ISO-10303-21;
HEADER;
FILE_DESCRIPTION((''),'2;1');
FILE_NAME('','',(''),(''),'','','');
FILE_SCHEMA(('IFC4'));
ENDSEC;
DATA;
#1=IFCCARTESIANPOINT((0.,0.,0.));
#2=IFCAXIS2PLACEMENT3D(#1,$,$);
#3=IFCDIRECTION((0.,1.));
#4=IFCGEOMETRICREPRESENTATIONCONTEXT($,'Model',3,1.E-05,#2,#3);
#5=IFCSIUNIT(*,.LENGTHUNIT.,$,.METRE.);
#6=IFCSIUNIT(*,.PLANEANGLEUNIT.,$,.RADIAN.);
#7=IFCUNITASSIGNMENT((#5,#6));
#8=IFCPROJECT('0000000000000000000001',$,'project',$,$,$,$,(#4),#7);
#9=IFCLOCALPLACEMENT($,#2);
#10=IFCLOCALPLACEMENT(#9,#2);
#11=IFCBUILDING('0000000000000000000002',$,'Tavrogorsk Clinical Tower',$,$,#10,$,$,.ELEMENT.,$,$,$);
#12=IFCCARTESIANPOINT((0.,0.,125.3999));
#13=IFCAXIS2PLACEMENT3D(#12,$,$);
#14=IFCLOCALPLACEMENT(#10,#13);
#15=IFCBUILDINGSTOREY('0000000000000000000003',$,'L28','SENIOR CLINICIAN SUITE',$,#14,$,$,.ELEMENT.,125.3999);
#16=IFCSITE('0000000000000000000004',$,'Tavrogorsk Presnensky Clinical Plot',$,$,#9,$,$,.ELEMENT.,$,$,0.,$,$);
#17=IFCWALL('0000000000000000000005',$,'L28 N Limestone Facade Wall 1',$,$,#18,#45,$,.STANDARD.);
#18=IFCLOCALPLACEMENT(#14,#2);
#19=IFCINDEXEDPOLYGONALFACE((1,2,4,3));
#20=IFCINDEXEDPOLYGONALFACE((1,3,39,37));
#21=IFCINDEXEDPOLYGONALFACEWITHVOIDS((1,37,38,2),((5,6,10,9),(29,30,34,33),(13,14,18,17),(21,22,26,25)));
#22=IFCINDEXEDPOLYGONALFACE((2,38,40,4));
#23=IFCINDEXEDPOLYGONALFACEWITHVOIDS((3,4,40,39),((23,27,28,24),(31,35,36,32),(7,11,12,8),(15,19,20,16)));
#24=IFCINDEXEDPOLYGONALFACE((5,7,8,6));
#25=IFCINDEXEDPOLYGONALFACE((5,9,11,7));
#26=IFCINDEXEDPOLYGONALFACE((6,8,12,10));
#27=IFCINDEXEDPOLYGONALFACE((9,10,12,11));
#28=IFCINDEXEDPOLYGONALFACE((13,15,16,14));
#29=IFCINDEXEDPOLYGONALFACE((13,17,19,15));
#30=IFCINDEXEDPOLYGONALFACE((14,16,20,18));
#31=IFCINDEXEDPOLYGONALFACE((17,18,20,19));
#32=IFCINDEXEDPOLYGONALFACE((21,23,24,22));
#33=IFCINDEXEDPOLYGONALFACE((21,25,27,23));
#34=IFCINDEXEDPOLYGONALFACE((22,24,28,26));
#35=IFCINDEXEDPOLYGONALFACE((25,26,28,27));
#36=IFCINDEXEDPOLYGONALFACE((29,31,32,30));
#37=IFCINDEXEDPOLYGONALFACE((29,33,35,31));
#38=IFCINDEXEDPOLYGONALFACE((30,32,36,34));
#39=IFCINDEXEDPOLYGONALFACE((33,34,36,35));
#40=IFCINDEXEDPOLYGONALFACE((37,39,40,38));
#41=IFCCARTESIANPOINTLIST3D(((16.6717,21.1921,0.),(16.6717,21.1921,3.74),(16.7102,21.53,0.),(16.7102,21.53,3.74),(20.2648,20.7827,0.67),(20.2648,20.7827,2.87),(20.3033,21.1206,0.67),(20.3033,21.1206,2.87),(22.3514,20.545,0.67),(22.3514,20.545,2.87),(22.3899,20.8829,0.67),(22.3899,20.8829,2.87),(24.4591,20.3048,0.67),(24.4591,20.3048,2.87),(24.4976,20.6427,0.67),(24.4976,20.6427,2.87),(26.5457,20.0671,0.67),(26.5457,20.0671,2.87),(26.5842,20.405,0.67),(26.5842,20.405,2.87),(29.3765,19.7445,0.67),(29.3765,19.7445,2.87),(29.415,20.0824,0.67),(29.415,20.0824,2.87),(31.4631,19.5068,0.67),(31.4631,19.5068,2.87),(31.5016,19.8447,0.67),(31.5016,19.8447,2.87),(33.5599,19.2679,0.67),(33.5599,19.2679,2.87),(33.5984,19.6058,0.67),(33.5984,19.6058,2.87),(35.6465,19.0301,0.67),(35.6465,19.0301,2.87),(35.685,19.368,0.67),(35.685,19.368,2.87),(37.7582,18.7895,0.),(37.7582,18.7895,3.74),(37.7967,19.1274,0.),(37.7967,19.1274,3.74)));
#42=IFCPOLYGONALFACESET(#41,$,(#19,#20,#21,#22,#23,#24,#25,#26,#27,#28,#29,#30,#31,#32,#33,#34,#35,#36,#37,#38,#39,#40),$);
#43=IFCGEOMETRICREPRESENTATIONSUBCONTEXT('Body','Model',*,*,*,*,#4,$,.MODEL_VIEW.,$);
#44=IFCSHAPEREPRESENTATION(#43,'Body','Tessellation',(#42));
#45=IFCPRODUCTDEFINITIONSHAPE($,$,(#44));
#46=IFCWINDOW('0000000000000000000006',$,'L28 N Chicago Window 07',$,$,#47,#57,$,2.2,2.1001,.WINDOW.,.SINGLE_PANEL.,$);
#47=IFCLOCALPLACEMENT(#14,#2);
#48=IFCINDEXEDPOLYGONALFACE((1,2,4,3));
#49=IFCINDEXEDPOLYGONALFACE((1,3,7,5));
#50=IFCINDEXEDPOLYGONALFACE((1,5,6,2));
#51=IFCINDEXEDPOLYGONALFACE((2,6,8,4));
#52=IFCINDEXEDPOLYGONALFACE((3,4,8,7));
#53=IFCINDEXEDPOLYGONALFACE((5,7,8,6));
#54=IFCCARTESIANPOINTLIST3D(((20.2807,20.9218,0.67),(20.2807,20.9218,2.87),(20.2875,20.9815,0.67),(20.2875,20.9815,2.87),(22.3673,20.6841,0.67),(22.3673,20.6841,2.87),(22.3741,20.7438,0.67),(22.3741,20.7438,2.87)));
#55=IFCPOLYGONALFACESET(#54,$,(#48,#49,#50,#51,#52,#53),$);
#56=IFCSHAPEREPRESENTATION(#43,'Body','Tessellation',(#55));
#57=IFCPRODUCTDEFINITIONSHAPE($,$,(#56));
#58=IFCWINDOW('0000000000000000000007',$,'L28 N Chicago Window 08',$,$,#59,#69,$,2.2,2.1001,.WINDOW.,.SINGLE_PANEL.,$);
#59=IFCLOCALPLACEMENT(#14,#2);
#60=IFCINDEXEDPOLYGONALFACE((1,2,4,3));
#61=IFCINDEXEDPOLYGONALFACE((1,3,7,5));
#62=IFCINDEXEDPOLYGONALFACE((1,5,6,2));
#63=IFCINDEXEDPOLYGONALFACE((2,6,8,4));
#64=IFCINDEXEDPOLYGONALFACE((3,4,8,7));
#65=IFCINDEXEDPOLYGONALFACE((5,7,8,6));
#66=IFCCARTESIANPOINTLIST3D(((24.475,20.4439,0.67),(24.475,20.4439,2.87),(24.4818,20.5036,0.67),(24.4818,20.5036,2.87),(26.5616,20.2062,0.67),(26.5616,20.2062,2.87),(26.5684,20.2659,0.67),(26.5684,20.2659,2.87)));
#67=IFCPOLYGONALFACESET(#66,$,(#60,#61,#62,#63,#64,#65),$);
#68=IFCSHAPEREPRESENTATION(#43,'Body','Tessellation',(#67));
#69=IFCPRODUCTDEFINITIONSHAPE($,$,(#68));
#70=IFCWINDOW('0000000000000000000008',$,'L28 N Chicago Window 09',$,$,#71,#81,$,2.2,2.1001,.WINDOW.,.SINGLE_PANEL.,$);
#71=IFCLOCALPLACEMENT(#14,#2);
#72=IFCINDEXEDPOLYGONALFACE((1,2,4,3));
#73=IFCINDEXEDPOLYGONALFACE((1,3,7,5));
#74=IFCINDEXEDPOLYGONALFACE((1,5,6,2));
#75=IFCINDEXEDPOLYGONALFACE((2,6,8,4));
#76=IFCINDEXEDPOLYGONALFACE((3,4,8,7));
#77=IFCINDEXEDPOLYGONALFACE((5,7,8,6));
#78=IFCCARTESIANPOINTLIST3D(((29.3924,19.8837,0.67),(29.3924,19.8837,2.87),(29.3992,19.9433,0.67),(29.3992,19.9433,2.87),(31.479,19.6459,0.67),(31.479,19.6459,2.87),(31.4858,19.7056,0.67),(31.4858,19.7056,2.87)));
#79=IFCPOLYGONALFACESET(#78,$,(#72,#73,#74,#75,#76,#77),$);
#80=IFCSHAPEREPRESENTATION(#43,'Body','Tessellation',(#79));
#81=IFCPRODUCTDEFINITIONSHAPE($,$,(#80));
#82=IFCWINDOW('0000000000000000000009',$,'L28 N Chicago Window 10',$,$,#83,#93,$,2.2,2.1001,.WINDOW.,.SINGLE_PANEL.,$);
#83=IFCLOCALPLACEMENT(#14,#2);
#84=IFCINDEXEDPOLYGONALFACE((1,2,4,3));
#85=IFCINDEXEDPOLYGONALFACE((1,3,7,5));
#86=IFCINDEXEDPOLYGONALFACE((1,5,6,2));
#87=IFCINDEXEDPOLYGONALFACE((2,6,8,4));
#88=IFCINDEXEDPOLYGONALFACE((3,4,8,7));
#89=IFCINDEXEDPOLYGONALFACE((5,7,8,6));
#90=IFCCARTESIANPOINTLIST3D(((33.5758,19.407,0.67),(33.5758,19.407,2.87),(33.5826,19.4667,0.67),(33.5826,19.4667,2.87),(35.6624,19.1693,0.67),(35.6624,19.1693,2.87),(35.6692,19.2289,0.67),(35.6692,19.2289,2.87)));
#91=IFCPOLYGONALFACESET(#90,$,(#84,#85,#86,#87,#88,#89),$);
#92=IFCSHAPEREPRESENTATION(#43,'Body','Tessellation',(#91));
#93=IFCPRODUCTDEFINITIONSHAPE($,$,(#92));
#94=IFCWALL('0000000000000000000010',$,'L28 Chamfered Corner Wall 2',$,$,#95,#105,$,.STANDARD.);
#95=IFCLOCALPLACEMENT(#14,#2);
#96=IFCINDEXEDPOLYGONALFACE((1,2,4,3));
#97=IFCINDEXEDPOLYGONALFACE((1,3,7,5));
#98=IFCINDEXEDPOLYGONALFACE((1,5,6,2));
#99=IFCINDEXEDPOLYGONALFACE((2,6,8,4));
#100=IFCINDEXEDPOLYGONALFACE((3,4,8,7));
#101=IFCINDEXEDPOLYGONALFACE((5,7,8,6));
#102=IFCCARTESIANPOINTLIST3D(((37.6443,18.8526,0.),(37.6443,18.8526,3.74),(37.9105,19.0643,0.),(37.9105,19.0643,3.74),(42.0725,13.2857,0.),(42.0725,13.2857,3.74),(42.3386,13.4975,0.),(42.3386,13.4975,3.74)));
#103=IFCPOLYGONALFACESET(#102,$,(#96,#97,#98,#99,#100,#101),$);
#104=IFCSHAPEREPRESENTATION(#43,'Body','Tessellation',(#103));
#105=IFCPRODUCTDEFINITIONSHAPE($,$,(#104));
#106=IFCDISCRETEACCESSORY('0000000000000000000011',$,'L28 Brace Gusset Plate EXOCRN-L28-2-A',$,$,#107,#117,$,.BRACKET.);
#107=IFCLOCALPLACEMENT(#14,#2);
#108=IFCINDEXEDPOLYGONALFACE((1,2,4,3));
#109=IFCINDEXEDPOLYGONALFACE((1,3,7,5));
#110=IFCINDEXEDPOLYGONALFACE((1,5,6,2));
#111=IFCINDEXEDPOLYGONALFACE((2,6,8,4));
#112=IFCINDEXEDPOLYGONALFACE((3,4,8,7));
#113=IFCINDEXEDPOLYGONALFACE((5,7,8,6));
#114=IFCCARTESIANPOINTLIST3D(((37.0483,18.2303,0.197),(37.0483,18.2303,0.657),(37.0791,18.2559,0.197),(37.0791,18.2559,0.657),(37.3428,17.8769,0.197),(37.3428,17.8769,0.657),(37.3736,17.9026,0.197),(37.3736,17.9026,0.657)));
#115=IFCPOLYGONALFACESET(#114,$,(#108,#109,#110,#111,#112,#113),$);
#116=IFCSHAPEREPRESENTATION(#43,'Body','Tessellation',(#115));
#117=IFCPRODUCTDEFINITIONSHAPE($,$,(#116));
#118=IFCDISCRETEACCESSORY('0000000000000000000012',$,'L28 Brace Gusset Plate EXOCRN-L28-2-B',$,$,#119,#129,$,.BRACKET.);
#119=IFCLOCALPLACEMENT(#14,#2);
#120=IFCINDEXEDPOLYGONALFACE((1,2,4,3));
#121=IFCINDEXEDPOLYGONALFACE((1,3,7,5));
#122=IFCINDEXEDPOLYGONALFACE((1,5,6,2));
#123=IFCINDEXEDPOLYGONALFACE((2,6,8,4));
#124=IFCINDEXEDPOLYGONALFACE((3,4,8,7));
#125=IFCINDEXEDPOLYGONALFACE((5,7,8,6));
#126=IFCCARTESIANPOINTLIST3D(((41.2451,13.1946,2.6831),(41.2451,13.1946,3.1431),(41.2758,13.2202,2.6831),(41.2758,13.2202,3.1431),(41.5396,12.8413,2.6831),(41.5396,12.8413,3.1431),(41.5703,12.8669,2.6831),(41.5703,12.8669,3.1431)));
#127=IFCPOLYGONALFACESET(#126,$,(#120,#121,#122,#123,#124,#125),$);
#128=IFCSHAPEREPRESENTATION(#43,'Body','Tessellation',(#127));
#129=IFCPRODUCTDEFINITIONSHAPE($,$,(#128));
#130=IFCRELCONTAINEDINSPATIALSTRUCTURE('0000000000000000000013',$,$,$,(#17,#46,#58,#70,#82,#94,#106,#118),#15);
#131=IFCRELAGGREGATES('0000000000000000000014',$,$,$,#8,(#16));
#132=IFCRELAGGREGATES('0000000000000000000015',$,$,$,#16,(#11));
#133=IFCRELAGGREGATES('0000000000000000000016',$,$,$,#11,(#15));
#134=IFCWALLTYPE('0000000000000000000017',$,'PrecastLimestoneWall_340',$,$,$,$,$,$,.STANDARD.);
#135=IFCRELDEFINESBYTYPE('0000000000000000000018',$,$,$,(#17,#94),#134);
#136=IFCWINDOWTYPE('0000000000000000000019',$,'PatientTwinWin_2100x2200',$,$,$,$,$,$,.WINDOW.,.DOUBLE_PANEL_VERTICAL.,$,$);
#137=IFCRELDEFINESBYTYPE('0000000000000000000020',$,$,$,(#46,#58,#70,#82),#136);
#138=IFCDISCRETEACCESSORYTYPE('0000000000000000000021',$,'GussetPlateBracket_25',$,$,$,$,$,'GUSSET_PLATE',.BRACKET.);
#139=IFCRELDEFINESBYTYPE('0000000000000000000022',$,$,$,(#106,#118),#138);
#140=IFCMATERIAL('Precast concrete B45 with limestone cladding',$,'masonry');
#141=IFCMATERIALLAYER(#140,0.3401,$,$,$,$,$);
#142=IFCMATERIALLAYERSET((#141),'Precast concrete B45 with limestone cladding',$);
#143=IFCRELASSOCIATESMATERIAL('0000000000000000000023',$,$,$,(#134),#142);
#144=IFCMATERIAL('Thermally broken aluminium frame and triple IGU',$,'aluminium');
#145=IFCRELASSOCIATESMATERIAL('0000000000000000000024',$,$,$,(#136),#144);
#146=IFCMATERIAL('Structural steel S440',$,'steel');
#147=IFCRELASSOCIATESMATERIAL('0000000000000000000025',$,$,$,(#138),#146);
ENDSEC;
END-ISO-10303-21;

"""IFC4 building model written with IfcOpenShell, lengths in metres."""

from ifc_helpers import new_model, si_unit, direction, frame, frame_2d, origin, origin_2d, place, context, subcontext, project, spatial, rectangle, extrude, material, layer, layer_set, type_object, element, fill, save


model = new_model("IFC4")

# Units and contexts
model_context = context("Model", 3, precision=1e-05, world=origin(), true_north=direction((0.0, 1.0)))
body_context = subcontext(model_context, "Body", "Model", "MODEL_VIEW")
ifc_project = project(units=[si_unit("LENGTHUNIT", "METRE"), si_unit("PLANEANGLEUNIT", "RADIAN")], contexts=[model_context])

# Site, building, storey
site_placement = place(None, origin())
site = spatial("IfcSite", under=ifc_project, at=site_placement, Name="Tavrogorsk Presnensky Clinical Plot", CompositionType="ELEMENT", RefElevation=0.0)
building_placement = place(site_placement, origin())
building = spatial("IfcBuilding", under=site, at=building_placement, Name="Tavrogorsk Clinical Tower", CompositionType="ELEMENT")
storey_placement = place(building_placement, frame((0.0, 0.0, 125.3999)))
storey = spatial("IfcBuildingStorey", under=building, at=storey_placement, Name="L28", Description="SENIOR CLINICIAN SUITE", CompositionType="ELEMENT", Elevation=125.3999)

# Wall, openings, windows
ifc_material_1 = material(Name="Precast concrete B45 with limestone cladding", Category="masonry")
ifc_layer_1 = layer(ifc_material_1, 0.3401)
ifc_layer_set_1 = layer_set([ifc_layer_1], Name="Precast concrete B45 with limestone cladding")
wall_type_1 = type_object("IfcWallType", Name="PrecastLimestoneWall_340", PredefinedType="STANDARD", material=ifc_layer_set_1)
wall_1_placement = place(storey_placement, frame((37.7773, 18.9585, 0.0), z_axis=(0.0, 0.0, 1.0), x_axis=(-0.993571, 0.113208, 0.0)))
wall_1 = element("IfcWall", 1, at=wall_1_placement, inside=storey, type_object=wall_type_1, Name="L28 N Limestone Facade Wall 1", PredefinedType="STANDARD", context=body_context, shape_type="SweptSolid", body=[
    extrude(rectangle(XDim=21.2229, YDim=0.3401, at=frame_2d((10.6113, 0.0))), origin(), (0.0, 0.0, 1.0), 3.74),
])
opening_1_placement = place(wall_1_placement, frame((15.5063, 0.0, 0.6699)))
opening_1 = element("IfcOpeningElement", 2, at=opening_1_placement, cuts=wall_1, PredefinedType="OPENING", context=body_context, shape_type="SweptSolid", body=[
    extrude(rectangle(XDim=2.1001, YDim=2.2, at=frame_2d((1.05, 1.1001))), frame((0.0, 0.1799, 0.0), z_axis=(0.0, -1.0, 0.0), x_axis=(1.0, 0.0, 0.0)), (0.0, 0.0, 1.0), 0.3601),
])
opening_2_placement = place(wall_1_placement, frame((11.2849, 0.0, 0.6699)))
opening_2 = element("IfcOpeningElement", 3, at=opening_2_placement, cuts=wall_1, PredefinedType="OPENING", context=body_context, shape_type="SweptSolid", body=[
    extrude(rectangle(XDim=2.1001, YDim=2.2, at=frame_2d((1.05, 1.1001))), frame((0.0, 0.1799, 0.0), z_axis=(0.0, -1.0, 0.0), x_axis=(1.0, 0.0, 0.0)), (0.0, 0.0, 1.0), 0.3601),
])
opening_3_placement = place(wall_1_placement, frame((6.3357, 0.0, 0.6699)))
opening_3 = element("IfcOpeningElement", 4, at=opening_3_placement, cuts=wall_1, PredefinedType="OPENING", context=body_context, shape_type="SweptSolid", body=[
    extrude(rectangle(XDim=2.1001, YDim=2.2, at=frame_2d((1.05, 1.1001))), frame((0.0, 0.1799, 0.0), z_axis=(0.0, -1.0, 0.0), x_axis=(1.0, 0.0, 0.0)), (0.0, 0.0, 1.0), 0.3601),
])
opening_4_placement = place(wall_1_placement, frame((2.1252, 0.0, 0.6699)))
opening_4 = element("IfcOpeningElement", 5, at=opening_4_placement, cuts=wall_1, PredefinedType="OPENING", context=body_context, shape_type="SweptSolid", body=[
    extrude(rectangle(XDim=2.1001, YDim=2.2, at=frame_2d((1.05, 1.1001))), frame((0.0, 0.1799, 0.0), z_axis=(0.0, -1.0, 0.0), x_axis=(1.0, 0.0, 0.0)), (0.0, 0.0, 1.0), 0.3601),
])
ifc_material_2 = material(Name="Thermally broken aluminium frame and triple IGU", Category="aluminium")
window_type = type_object("IfcWindowType", Name="PatientTwinWin_2100x2200", PartitioningType="DOUBLE_PANEL_VERTICAL", PredefinedType="WINDOW", material=ifc_material_2)
window_1_placement = place(opening_1_placement, origin())
window_1 = element("IfcWindow", 6, at=window_1_placement, inside=storey, type_object=window_type, Name="L28 N Chicago Window 07", OverallHeight=2.2, OverallWidth=2.1001, PartitioningType="SINGLE_PANEL", PredefinedType="WINDOW", context=body_context, shape_type="SweptSolid", body=[
    extrude(rectangle(XDim=2.1001, YDim=2.2, at=frame_2d((1.05, 1.1001))), frame((0.0, 0.03, 0.0), z_axis=(0.0, -1.0, 0.0), x_axis=(1.0, 0.0, 0.0)), (0.0, 0.0, 1.0), 0.0601),
])
fill(opening_1, window_1)
window_2_placement = place(opening_2_placement, origin())
window_2 = element("IfcWindow", 7, at=window_2_placement, inside=storey, type_object=window_type, Name="L28 N Chicago Window 08", OverallHeight=2.2, OverallWidth=2.1001, PartitioningType="SINGLE_PANEL", PredefinedType="WINDOW", context=body_context, shape_type="SweptSolid", body=[
    extrude(rectangle(XDim=2.1001, YDim=2.2, at=frame_2d((1.05, 1.1001))), frame((0.0, 0.03, 0.0), z_axis=(0.0, -1.0, 0.0), x_axis=(1.0, 0.0, 0.0)), (0.0, 0.0, 1.0), 0.0601),
])
fill(opening_2, window_2)
window_3_placement = place(opening_3_placement, origin())
window_3 = element("IfcWindow", 8, at=window_3_placement, inside=storey, type_object=window_type, Name="L28 N Chicago Window 09", OverallHeight=2.2, OverallWidth=2.1001, PartitioningType="SINGLE_PANEL", PredefinedType="WINDOW", context=body_context, shape_type="SweptSolid", body=[
    extrude(rectangle(XDim=2.1001, YDim=2.2, at=frame_2d((1.05, 1.1001))), frame((0.0, 0.03, 0.0), z_axis=(0.0, -1.0, 0.0), x_axis=(1.0, 0.0, 0.0)), (0.0, 0.0, 1.0), 0.0601),
])
fill(opening_3, window_3)
window_4_placement = place(opening_4_placement, origin())
window_4 = element("IfcWindow", 9, at=window_4_placement, inside=storey, type_object=window_type, Name="L28 N Chicago Window 10", OverallHeight=2.2, OverallWidth=2.1001, PartitioningType="SINGLE_PANEL", PredefinedType="WINDOW", context=body_context, shape_type="SweptSolid", body=[
    extrude(rectangle(XDim=2.1001, YDim=2.2, at=frame_2d((1.05, 1.1001))), frame((0.0, 0.03, 0.0), z_axis=(0.0, -1.0, 0.0), x_axis=(1.0, 0.0, 0.0)), (0.0, 0.0, 1.0), 0.0601),
])
fill(opening_4, window_4)

# Wall
wall_2_placement = place(storey_placement, frame((42.2056, 13.3916, 0.0), z_axis=(0.0, 0.0, 1.0), x_axis=(-0.622525, 0.7826, 0.0)))
element("IfcWall", 10, at=wall_2_placement, inside=storey, type_object=wall_type_1, Name="L28 Chamfered Corner Wall 2", PredefinedType="STANDARD", context=body_context, shape_type="SweptSolid", body=[
    extrude(rectangle(XDim=7.1133, YDim=0.3401, at=frame_2d((3.5566, 0.0))), origin(), (0.0, 0.0, 1.0), 3.74),
])

# Discrete accessories
ifc_material_3 = material(Name="Structural steel S440", Category="steel")
discrete_accessory_type = type_object("IfcDiscreteAccessoryType", Name="GussetPlateBracket_25", ElementType="GUSSET_PLATE", PredefinedType="BRACKET", material=ifc_material_3)
for number, where, z_axis, x_axis, name in (
    (11, (37.2109, 18.0664, 0.197), (0.0, 0.0, 1.0), (0.640244, -0.768172, 0.0), "L28 Brace Gusset Plate EXOCRN-L28-2-A"),
    (12, (41.4077, 13.0308, 2.6831), (0.0, 0.0, 1.0), (0.640244, -0.768172, 0.0), "L28 Brace Gusset Plate EXOCRN-L28-2-B"),
):
    element("IfcDiscreteAccessory", number, at=place(storey_placement, frame(where, z_axis=z_axis, x_axis=x_axis)), inside=storey, type_object=discrete_accessory_type, Name=name, PredefinedType="BRACKET", context=body_context, shape_type="SweptSolid", body=[
        extrude(rectangle(XDim=0.46, YDim=0.04, at=origin_2d()), origin(), (0.0, 0.0, 1.0), 0.46),
    ])

save(model, "model.ifc")
